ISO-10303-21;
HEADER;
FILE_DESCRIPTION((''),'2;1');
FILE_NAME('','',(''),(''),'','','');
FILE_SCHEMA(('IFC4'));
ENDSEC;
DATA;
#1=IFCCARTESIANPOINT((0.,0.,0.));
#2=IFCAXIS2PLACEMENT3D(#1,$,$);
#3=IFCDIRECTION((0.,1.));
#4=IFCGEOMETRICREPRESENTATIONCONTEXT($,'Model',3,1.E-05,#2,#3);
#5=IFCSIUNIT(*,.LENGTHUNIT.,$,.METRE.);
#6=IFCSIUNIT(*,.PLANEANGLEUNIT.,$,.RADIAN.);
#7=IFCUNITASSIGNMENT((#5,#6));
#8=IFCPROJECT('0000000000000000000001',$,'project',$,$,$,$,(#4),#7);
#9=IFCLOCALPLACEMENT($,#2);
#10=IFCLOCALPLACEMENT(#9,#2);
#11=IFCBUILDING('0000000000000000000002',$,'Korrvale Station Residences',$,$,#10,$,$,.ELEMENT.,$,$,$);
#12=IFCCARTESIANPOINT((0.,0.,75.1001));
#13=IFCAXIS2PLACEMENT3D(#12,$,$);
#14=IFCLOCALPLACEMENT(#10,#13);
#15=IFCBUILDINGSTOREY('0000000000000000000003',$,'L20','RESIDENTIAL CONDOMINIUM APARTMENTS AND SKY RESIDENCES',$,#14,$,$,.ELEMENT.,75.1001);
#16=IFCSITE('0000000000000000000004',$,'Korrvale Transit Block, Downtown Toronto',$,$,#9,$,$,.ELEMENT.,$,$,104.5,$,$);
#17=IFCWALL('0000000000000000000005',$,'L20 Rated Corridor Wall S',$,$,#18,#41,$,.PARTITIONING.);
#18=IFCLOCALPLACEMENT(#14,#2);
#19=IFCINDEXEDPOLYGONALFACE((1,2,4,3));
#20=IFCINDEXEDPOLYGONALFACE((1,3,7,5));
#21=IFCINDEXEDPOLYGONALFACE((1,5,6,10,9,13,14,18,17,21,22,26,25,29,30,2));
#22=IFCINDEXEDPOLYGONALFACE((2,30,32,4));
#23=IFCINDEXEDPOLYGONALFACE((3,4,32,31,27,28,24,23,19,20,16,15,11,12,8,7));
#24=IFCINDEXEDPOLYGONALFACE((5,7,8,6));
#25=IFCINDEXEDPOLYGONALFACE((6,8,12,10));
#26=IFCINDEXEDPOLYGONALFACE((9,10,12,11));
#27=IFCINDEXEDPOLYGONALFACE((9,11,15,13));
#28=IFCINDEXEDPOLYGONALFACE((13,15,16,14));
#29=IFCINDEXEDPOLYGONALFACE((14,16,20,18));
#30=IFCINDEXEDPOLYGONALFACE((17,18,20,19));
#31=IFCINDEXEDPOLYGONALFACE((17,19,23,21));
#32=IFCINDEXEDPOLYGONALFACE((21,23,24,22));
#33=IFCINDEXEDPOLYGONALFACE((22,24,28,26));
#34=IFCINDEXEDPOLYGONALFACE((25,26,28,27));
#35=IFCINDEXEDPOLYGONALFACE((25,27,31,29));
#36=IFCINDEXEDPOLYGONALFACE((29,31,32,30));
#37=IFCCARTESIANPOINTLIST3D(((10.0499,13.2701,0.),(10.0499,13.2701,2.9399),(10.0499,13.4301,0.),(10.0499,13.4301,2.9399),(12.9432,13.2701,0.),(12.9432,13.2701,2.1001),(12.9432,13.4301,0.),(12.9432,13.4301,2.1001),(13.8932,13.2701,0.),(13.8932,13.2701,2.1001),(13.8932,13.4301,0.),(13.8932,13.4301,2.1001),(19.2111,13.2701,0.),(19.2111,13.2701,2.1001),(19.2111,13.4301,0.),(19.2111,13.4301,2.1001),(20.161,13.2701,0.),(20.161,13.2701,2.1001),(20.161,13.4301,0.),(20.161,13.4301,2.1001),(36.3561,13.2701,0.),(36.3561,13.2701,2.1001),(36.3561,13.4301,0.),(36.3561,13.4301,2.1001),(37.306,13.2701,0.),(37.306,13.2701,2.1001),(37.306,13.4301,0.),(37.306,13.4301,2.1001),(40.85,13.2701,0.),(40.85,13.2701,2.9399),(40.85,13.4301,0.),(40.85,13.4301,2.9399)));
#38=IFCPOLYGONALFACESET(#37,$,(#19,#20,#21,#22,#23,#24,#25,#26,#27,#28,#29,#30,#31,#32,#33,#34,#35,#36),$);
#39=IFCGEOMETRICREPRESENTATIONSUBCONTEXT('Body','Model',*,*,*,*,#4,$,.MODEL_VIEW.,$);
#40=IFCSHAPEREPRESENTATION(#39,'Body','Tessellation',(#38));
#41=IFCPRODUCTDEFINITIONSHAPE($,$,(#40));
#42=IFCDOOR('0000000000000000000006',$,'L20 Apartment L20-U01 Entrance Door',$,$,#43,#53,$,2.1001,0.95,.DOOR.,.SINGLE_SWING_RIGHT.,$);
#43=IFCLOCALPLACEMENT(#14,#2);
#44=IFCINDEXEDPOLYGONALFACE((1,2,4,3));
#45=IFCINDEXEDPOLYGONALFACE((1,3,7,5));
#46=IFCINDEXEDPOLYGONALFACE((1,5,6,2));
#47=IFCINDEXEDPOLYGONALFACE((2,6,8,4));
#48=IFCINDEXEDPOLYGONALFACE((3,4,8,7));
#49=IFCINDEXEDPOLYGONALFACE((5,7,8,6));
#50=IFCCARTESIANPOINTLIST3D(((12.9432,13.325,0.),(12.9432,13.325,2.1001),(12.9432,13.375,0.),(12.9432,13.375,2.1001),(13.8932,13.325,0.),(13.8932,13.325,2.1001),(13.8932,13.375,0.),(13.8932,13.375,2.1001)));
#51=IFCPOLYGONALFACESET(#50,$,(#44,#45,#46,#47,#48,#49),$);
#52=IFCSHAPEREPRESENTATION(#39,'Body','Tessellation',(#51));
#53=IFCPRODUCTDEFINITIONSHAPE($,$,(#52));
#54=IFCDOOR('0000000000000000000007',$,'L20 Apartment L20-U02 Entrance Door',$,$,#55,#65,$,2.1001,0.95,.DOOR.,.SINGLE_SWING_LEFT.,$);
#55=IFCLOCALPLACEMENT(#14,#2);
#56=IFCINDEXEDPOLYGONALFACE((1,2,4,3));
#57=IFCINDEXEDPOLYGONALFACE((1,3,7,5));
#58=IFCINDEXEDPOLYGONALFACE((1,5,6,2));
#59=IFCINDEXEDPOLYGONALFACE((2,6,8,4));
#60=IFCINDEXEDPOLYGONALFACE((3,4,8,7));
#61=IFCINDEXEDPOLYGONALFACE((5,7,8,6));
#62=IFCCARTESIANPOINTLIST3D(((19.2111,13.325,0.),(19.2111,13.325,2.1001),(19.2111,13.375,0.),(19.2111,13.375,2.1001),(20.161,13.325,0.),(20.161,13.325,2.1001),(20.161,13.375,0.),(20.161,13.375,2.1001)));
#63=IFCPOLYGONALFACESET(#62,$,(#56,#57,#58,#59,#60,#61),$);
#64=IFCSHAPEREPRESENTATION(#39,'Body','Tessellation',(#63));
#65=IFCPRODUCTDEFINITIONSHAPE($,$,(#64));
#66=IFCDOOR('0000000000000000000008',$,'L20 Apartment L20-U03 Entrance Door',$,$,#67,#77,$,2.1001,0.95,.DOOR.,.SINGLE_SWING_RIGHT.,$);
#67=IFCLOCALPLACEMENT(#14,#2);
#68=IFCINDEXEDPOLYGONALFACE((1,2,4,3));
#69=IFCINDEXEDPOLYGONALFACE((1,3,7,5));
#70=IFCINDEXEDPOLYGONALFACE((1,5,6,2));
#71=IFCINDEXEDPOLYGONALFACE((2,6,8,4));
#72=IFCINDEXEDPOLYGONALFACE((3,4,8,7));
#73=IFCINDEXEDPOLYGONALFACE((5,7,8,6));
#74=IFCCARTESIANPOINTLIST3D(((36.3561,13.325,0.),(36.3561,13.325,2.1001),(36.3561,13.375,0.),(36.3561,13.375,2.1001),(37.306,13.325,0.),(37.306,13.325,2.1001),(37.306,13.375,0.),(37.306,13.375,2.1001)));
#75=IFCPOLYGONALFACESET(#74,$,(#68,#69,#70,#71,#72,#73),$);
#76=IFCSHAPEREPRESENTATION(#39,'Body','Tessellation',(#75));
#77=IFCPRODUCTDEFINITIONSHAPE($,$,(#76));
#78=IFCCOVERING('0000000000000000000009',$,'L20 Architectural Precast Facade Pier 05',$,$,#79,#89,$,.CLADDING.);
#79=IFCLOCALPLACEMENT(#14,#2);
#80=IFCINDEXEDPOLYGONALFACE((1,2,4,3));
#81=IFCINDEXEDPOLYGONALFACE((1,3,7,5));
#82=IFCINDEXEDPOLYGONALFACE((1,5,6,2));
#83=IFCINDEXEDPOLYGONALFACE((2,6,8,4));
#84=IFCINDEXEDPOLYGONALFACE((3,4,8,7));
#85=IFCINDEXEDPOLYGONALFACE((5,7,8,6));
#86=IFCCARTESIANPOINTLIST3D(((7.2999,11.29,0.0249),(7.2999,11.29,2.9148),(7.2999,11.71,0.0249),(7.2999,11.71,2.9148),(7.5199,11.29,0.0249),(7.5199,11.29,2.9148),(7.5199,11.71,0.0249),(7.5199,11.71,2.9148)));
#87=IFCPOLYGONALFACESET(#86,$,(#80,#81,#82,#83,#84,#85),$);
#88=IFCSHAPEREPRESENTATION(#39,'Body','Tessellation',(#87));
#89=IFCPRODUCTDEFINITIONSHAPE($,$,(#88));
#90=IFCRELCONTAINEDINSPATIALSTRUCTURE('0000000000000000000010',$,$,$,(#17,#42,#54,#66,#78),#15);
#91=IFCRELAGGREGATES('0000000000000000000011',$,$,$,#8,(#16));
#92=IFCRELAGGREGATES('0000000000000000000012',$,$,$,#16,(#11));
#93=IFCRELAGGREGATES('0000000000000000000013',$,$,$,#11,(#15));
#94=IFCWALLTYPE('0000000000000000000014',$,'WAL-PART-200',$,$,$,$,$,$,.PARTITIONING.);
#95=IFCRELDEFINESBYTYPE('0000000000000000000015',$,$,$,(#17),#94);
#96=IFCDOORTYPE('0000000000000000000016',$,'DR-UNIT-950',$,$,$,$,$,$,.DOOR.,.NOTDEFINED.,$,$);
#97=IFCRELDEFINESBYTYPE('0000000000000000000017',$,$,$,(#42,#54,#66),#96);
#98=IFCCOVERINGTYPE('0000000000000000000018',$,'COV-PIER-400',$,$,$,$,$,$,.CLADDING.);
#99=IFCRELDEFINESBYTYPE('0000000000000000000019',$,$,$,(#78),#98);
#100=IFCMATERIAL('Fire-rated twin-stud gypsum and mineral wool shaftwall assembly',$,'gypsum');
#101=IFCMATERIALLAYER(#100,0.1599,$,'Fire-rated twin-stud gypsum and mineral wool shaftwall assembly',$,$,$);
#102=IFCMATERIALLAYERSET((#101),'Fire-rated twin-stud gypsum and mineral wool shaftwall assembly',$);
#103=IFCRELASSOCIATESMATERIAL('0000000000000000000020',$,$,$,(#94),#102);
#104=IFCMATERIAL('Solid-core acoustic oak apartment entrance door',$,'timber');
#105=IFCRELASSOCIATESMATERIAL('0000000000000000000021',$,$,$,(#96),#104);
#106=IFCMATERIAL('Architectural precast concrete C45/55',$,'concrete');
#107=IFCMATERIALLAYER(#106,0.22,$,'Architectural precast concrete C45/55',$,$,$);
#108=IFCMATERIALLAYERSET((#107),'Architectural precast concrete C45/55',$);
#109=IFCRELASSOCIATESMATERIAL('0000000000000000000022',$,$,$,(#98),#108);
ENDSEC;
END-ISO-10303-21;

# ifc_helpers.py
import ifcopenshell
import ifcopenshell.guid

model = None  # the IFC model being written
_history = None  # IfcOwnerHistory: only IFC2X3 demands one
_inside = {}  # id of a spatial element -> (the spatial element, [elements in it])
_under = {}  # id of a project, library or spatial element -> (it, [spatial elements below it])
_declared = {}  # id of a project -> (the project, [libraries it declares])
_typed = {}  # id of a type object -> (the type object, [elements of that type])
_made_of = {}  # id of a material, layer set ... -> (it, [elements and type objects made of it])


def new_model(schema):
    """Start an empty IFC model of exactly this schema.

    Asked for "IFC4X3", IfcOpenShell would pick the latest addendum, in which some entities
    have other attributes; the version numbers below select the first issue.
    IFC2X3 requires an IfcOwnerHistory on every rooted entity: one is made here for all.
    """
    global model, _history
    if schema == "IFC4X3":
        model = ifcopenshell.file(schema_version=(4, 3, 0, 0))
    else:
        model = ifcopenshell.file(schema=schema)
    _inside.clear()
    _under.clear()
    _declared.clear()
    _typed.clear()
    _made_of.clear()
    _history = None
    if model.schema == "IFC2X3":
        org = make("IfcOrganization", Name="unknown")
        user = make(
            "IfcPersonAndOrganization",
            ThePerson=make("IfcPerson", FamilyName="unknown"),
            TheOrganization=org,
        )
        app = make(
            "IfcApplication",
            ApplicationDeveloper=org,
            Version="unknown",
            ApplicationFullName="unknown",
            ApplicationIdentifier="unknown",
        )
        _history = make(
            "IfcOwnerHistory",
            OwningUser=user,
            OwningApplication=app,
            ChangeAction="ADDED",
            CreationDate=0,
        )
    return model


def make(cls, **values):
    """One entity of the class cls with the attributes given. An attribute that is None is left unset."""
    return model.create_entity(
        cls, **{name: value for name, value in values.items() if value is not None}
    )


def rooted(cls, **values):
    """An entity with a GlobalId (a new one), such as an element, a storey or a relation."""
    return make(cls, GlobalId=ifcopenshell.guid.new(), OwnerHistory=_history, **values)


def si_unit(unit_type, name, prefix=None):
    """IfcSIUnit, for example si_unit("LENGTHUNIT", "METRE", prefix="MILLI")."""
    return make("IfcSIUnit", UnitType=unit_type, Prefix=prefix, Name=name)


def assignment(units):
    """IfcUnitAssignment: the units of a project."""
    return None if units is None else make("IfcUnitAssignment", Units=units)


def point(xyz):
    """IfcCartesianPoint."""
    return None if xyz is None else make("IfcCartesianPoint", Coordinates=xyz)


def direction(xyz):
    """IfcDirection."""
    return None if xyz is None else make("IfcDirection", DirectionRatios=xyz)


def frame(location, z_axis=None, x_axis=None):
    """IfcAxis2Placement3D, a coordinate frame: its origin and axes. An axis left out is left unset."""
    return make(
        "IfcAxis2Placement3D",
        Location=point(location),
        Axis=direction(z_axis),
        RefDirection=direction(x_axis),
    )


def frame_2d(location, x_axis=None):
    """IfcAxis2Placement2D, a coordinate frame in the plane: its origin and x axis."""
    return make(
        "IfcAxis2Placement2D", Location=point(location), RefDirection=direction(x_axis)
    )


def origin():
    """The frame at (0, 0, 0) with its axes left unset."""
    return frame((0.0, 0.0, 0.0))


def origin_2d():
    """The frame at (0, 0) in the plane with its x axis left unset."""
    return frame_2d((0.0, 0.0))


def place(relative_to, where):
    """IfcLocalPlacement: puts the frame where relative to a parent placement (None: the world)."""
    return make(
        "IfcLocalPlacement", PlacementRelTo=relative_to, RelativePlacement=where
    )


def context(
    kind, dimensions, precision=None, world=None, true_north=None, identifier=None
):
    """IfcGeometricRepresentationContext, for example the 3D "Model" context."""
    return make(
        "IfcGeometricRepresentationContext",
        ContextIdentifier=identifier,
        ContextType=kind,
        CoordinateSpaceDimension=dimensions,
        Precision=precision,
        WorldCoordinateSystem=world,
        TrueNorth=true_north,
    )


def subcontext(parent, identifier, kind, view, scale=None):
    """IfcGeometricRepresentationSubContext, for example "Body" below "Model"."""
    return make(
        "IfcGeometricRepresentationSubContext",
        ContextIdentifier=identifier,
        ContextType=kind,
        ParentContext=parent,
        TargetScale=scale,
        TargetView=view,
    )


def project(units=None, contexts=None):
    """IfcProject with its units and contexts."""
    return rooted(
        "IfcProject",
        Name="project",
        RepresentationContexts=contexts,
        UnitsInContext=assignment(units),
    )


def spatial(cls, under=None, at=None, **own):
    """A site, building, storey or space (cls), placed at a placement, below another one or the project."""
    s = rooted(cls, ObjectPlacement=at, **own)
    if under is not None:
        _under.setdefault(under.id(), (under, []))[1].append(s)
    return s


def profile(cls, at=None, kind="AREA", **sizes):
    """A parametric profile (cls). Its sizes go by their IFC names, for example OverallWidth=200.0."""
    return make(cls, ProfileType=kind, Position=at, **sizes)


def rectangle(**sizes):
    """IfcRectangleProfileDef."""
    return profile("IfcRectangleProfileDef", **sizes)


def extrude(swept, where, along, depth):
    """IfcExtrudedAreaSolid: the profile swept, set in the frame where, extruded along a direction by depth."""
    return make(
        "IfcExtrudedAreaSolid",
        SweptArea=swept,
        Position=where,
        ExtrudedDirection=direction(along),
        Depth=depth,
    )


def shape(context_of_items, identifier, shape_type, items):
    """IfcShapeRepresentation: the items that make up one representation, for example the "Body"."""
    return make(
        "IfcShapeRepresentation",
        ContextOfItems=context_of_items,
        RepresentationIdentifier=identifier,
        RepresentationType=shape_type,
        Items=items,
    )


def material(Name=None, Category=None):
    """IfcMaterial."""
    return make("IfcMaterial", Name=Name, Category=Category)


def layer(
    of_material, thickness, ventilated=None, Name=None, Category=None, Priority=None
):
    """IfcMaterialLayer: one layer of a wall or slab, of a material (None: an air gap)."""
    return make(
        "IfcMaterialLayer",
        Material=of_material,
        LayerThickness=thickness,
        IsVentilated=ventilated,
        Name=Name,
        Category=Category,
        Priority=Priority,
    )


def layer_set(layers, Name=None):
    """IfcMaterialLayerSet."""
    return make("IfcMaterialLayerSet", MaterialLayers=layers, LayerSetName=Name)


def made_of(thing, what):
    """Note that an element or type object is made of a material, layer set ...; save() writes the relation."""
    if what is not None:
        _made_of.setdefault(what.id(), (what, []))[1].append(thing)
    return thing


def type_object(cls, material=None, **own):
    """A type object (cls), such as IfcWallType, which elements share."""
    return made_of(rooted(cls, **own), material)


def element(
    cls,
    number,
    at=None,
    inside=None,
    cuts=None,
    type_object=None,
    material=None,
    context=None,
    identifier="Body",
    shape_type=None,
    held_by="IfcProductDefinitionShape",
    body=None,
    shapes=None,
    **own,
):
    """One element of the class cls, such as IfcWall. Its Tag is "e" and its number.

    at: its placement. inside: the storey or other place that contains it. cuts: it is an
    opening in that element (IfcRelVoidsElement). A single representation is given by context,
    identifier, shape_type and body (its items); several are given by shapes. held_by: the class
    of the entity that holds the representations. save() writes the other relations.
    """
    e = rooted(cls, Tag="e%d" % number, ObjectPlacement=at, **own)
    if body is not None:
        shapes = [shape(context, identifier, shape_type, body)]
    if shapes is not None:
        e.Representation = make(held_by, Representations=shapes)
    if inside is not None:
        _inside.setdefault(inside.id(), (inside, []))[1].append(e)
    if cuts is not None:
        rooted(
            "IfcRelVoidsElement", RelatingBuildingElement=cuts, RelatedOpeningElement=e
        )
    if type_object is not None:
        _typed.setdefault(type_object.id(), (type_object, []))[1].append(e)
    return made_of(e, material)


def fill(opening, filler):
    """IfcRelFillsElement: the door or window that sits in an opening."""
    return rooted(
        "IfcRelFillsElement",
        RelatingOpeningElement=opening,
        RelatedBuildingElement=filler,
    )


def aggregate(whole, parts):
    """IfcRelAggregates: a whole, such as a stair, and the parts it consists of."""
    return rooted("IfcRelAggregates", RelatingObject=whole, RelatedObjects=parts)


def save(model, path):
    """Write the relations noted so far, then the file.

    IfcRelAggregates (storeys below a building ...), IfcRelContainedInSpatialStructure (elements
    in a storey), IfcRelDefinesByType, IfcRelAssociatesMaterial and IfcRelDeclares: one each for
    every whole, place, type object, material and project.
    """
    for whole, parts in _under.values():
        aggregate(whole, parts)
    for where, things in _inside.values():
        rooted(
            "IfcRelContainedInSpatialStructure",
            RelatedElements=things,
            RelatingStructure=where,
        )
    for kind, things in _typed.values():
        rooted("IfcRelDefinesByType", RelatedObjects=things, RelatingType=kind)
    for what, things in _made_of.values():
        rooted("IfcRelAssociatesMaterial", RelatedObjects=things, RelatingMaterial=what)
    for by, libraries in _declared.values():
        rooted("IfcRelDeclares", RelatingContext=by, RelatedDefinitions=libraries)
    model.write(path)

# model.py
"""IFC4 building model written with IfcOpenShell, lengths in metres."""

from ifc_helpers import new_model, si_unit, direction, frame, frame_2d, origin, origin_2d, place, context, subcontext, project, spatial, rectangle, extrude, material, layer, layer_set, type_object, element, fill, save


model = new_model("IFC4")

# Units and contexts
model_context = context("Model", 3, precision=1e-05, world=origin(), true_north=direction((0.0, 1.0)))
body_context = subcontext(model_context, "Body", "Model", "MODEL_VIEW")
ifc_project = project(units=[si_unit("LENGTHUNIT", "METRE"), si_unit("PLANEANGLEUNIT", "RADIAN")], contexts=[model_context])

# Site, building, storey
site_placement = place(None, origin())
site = spatial("IfcSite", under=ifc_project, at=site_placement, Name="Korrvale Transit Block, Downtown Toronto", CompositionType="ELEMENT", RefElevation=104.5)
building_placement = place(site_placement, origin())
building = spatial("IfcBuilding", under=site, at=building_placement, Name="Korrvale Station Residences", CompositionType="ELEMENT")
storey_placement = place(building_placement, frame((0.0, 0.0, 75.1001)))
storey = spatial("IfcBuildingStorey", under=building, at=storey_placement, Name="L20", Description="RESIDENTIAL CONDOMINIUM APARTMENTS AND SKY RESIDENCES", CompositionType="ELEMENT", Elevation=75.1001)

# Shared definitions
ifc_material_1 = material(Name="Fire-rated twin-stud gypsum and mineral wool shaftwall assembly", Category="gypsum")
ifc_layer_1 = layer(ifc_material_1, 0.1599, Name="Fire-rated twin-stud gypsum and mineral wool shaftwall assembly")
ifc_layer_set_1 = layer_set([ifc_layer_1], Name="Fire-rated twin-stud gypsum and mineral wool shaftwall assembly")
wall_type_1 = type_object("IfcWallType", Name="WAL-PART-200", PredefinedType="PARTITIONING", material=ifc_layer_set_1)

# Wall, openings, doors
wall_1_placement = place(storey_placement, frame((10.05, 13.3501, 0.0), z_axis=(0.0, 0.0, 1.0), x_axis=(1.0, 0.0, 0.0)))
wall_1 = element("IfcWall", 1, at=wall_1_placement, inside=storey, type_object=wall_type_1, Name="L20 Rated Corridor Wall S", PredefinedType="PARTITIONING", context=body_context, shape_type="SweptSolid", body=[
    extrude(rectangle(XDim=30.8, YDim=0.1599, at=frame_2d((15.3999, 0.0))), origin(), (0.0, 0.0, 1.0), 2.9399),
])
opening_1_placement = place(wall_1_placement, frame((2.8931, 0.0, 0.0)))
opening_1 = element("IfcOpeningElement", 2, at=opening_1_placement, cuts=wall_1, PredefinedType="OPENING", context=body_context, shape_type="SweptSolid", body=[
    extrude(rectangle(XDim=0.95, YDim=2.1001, at=frame_2d((0.4751, 1.05))), frame((0.0, 0.0898, 0.0), z_axis=(0.0, -1.0, 0.0), x_axis=(1.0, 0.0, 0.0)), (0.0, 0.0, 1.0), 0.1799),
])
opening_2_placement = place(wall_1_placement, frame((9.1609, 0.0, 0.0)))
opening_2 = element("IfcOpeningElement", 3, at=opening_2_placement, cuts=wall_1, PredefinedType="OPENING", context=body_context, shape_type="SweptSolid", body=[
    extrude(rectangle(XDim=0.95, YDim=2.1001, at=frame_2d((0.4751, 1.05))), frame((0.0, 0.0898, 0.0), z_axis=(0.0, -1.0, 0.0), x_axis=(1.0, 0.0, 0.0)), (0.0, 0.0, 1.0), 0.1799),
])
opening_3_placement = place(wall_1_placement, frame((26.3059, 0.0, 0.0)))
opening_3 = element("IfcOpeningElement", 4, at=opening_3_placement, cuts=wall_1, PredefinedType="OPENING", context=body_context, shape_type="SweptSolid", body=[
    extrude(rectangle(XDim=0.95, YDim=2.1001, at=frame_2d((0.4751, 1.05))), frame((0.0, 0.0898, 0.0), z_axis=(0.0, -1.0, 0.0), x_axis=(1.0, 0.0, 0.0)), (0.0, 0.0, 1.0), 0.1799),
])
ifc_material_2 = material(Name="Solid-core acoustic oak apartment entrance door", Category="timber")
door_type_1 = type_object("IfcDoorType", Name="DR-UNIT-950", OperationType="NOTDEFINED", PredefinedType="DOOR", material=ifc_material_2)
door_1_placement = place(opening_1_placement, origin())
door_1 = element("IfcDoor", 5, at=door_1_placement, inside=storey, type_object=door_type_1, Name="L20 Apartment L20-U01 Entrance Door", OperationType="SINGLE_SWING_RIGHT", OverallHeight=2.1001, OverallWidth=0.95, PredefinedType="DOOR", context=body_context, shape_type="SweptSolid", body=[
    extrude(rectangle(XDim=0.95, YDim=2.1001, at=frame_2d((0.4751, 1.05))), frame((0.0, 0.0249, 0.0), z_axis=(0.0, -1.0, 0.0), x_axis=(1.0, 0.0, 0.0)), (0.0, 0.0, 1.0), 0.05),
])
fill(opening_1, door_1)
door_2_placement = place(opening_2_placement, origin())
door_2 = element("IfcDoor", 6, at=door_2_placement, inside=storey, type_object=door_type_1, Name="L20 Apartment L20-U02 Entrance Door", OperationType="SINGLE_SWING_LEFT", OverallHeight=2.1001, OverallWidth=0.95, PredefinedType="DOOR", context=body_context, shape_type="SweptSolid", body=[
    extrude(rectangle(XDim=0.95, YDim=2.1001, at=frame_2d((0.4751, 1.05))), frame((0.0, 0.0249, 0.0), z_axis=(0.0, -1.0, 0.0), x_axis=(1.0, 0.0, 0.0)), (0.0, 0.0, 1.0), 0.05),
])
fill(opening_2, door_2)
door_3_placement = place(opening_3_placement, origin())
door_3 = element("IfcDoor", 7, at=door_3_placement, inside=storey, type_object=door_type_1, Name="L20 Apartment L20-U03 Entrance Door", OperationType="SINGLE_SWING_RIGHT", OverallHeight=2.1001, OverallWidth=0.95, PredefinedType="DOOR", context=body_context, shape_type="SweptSolid", body=[
    extrude(rectangle(XDim=0.95, YDim=2.1001, at=frame_2d((0.4751, 1.05))), frame((0.0, 0.0249, 0.0), z_axis=(0.0, -1.0, 0.0), x_axis=(1.0, 0.0, 0.0)), (0.0, 0.0, 1.0), 0.05),
])
fill(opening_3, door_3)

# Covering
ifc_material_3 = material(Name="Architectural precast concrete C45/55", Category="concrete")
ifc_layer_2 = layer(ifc_material_3, 0.22, Name="Architectural precast concrete C45/55")
ifc_layer_set_2 = layer_set([ifc_layer_2], Name="Architectural precast concrete C45/55")
covering_type = type_object("IfcCoveringType", Name="COV-PIER-400", PredefinedType="CLADDING", material=ifc_layer_set_2)
covering_placement = place(storey_placement, frame((7.4099, 11.5, 0.0249), z_axis=(0.0, 0.0, 1.0), x_axis=(0.0, 1.0, 0.0)))
element("IfcCovering", 8, at=covering_placement, inside=storey, type_object=covering_type, Name="L20 Architectural Precast Facade Pier 05", PredefinedType="CLADDING", context=body_context, shape_type="SweptSolid", body=[
    extrude(rectangle(XDim=0.4199, YDim=0.22, at=origin_2d()), origin(), (0.0, 0.0, 1.0), 2.8899),
])

save(model, "model.ifc")
